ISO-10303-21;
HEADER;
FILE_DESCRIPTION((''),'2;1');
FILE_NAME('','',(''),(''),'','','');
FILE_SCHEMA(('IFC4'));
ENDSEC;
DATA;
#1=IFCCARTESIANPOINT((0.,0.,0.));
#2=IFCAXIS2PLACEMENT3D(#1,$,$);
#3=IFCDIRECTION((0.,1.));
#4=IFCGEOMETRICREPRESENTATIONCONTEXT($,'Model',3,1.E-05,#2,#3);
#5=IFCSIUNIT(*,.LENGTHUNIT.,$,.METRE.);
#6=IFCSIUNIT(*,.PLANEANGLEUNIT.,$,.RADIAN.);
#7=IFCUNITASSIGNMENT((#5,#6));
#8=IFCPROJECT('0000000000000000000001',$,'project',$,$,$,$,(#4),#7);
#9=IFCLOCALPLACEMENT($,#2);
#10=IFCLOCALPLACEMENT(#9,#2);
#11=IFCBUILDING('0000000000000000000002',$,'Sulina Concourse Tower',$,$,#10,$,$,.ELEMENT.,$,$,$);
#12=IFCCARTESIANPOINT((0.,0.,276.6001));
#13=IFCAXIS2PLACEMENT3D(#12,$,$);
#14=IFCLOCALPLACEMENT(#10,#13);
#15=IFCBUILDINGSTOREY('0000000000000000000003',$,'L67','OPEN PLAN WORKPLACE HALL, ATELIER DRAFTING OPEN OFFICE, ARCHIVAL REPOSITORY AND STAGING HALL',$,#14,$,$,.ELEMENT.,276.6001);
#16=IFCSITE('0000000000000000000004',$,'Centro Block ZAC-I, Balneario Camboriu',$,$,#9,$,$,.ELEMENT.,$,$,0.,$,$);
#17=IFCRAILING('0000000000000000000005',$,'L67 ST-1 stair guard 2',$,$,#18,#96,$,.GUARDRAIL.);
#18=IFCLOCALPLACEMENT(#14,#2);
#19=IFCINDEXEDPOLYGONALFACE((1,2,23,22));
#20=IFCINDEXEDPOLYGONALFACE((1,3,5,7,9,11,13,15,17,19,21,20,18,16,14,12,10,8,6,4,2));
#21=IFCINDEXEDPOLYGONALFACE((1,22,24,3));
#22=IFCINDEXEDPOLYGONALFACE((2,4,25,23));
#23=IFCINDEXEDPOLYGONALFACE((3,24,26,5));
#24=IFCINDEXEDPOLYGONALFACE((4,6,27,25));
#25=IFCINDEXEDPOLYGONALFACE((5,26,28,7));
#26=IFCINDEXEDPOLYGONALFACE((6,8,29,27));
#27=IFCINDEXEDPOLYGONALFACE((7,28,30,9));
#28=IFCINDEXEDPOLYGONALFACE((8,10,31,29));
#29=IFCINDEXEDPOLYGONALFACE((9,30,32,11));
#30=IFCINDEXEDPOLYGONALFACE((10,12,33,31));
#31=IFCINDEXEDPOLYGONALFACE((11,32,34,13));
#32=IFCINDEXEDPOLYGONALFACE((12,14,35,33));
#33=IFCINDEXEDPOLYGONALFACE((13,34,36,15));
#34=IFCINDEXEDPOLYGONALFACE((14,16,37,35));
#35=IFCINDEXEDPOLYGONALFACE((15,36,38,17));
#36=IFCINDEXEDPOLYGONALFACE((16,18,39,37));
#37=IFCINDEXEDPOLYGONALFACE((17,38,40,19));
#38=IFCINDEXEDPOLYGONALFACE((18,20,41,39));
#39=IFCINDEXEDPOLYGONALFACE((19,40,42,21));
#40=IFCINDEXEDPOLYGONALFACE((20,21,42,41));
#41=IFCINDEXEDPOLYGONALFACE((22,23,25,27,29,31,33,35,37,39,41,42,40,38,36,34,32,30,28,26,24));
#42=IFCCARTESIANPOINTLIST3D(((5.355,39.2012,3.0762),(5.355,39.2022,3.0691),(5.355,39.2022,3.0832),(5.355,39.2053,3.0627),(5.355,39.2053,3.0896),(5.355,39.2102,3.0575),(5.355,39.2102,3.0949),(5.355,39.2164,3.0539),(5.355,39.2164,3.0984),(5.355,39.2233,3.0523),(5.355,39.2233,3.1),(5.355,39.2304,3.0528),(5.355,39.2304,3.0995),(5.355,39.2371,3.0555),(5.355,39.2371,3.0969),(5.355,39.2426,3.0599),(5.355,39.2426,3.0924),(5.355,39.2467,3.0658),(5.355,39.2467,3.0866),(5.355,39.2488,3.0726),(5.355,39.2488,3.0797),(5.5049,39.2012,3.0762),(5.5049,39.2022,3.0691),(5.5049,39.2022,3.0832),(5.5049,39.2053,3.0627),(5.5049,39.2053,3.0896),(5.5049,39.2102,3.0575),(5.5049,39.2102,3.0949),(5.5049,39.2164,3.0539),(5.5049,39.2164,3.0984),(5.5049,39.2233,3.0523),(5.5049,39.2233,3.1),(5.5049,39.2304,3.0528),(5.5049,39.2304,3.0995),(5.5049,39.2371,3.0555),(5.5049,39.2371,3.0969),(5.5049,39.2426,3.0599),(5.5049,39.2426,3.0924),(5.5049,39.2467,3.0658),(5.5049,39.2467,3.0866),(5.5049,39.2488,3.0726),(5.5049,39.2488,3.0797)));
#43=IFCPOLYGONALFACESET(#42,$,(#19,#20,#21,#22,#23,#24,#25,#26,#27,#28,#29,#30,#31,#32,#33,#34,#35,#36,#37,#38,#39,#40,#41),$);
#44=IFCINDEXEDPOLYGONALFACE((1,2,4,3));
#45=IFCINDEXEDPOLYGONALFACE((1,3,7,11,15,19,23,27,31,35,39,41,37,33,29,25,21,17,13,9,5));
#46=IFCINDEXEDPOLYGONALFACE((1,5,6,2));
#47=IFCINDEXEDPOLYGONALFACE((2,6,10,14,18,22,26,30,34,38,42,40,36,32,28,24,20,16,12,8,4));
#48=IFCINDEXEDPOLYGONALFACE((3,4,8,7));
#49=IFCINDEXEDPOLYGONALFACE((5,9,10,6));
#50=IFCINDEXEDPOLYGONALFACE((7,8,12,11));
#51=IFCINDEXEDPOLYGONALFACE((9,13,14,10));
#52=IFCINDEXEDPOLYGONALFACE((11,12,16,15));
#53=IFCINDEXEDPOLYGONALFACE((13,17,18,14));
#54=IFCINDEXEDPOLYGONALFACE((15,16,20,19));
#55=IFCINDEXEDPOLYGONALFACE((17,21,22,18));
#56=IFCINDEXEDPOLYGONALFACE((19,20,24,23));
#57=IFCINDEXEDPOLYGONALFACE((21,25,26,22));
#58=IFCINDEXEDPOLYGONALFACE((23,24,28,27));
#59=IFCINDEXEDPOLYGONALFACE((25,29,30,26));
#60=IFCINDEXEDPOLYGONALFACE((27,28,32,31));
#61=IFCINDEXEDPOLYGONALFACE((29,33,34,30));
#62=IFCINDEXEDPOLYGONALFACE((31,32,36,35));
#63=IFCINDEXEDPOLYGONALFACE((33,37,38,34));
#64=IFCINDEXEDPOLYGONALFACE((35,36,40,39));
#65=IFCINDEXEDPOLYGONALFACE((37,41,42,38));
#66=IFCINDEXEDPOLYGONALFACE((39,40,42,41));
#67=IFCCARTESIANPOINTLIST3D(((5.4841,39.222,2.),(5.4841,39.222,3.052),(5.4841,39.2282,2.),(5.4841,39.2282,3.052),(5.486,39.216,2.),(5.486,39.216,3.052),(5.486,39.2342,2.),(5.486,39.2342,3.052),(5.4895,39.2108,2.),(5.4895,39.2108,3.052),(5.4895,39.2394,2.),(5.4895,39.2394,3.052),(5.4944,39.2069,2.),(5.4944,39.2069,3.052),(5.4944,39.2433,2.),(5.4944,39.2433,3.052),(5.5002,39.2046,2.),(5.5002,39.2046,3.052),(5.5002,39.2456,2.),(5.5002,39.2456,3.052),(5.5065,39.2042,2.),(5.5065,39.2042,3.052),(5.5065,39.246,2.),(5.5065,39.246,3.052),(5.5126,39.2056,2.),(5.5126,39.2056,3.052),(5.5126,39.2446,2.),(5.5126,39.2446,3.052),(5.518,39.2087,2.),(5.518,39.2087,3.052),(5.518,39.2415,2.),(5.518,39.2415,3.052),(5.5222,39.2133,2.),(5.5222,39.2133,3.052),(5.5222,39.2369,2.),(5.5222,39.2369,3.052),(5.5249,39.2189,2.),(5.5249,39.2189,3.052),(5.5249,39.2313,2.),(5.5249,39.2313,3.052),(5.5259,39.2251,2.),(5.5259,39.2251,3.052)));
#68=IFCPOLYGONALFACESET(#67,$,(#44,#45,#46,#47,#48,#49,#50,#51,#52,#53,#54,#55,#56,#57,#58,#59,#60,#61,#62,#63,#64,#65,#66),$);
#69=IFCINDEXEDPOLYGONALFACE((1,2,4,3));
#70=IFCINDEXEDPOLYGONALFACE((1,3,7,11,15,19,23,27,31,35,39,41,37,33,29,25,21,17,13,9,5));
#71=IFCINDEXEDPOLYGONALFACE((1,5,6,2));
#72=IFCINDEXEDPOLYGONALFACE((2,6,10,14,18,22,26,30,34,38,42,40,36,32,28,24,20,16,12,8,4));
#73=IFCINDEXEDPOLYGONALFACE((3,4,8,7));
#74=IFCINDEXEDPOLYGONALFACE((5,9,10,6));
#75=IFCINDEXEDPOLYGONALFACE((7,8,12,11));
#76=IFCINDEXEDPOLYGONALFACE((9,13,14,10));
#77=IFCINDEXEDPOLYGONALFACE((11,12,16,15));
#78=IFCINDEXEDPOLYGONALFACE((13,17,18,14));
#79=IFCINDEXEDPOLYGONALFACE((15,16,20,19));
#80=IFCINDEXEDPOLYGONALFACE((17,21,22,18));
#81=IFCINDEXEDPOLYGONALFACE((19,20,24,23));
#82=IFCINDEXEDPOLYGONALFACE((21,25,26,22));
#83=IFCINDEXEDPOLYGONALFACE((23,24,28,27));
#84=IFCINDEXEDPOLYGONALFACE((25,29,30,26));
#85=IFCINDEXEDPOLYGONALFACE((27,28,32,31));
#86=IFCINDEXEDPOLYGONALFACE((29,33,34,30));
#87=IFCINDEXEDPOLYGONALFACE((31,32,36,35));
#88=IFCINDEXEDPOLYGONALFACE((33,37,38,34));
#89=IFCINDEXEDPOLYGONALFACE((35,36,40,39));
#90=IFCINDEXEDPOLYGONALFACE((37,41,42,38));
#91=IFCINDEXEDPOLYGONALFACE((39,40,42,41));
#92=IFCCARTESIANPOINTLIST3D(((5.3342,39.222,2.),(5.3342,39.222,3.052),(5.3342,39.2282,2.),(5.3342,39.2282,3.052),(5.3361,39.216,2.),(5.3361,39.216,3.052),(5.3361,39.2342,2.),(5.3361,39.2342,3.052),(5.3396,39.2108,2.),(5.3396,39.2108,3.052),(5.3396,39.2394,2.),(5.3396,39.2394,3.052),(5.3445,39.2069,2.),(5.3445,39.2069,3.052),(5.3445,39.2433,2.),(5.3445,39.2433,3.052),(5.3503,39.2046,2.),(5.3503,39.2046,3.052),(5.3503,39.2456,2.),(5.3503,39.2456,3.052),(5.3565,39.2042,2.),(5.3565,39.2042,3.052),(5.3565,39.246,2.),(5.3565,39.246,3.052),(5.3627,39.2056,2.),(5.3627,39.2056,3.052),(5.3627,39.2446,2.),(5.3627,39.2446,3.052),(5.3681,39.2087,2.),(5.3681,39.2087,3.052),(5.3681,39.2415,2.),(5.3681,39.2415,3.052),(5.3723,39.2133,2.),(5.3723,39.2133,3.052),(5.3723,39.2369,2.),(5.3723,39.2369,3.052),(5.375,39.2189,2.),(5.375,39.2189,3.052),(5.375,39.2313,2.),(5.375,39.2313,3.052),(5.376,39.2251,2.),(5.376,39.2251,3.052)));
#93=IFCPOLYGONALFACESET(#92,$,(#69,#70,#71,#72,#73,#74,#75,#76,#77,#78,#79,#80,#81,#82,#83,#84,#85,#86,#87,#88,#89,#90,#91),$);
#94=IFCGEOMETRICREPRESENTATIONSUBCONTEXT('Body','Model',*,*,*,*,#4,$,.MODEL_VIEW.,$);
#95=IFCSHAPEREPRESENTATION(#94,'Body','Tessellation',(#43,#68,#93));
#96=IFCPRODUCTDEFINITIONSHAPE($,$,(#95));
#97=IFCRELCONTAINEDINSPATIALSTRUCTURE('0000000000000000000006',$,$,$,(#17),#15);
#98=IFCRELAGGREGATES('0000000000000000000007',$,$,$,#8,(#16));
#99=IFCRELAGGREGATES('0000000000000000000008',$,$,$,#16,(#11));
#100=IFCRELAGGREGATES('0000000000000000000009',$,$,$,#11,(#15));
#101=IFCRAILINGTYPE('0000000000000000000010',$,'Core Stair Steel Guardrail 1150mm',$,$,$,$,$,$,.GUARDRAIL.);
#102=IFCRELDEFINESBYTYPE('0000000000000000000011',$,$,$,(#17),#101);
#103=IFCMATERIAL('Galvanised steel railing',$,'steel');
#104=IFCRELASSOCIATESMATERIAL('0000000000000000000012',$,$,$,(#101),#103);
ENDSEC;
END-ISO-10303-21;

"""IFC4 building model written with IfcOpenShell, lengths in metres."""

from ifc_helpers import new_model, si_unit, direction, frame, origin, origin_2d, place, context, subcontext, project, spatial, circle, extrude, material, type_object, element, save


model = new_model("IFC4")

# Units and contexts
model_context = context("Model", 3, precision=1e-05, world=origin(), true_north=direction((0.0, 1.0)))
body_context = subcontext(model_context, "Body", "Model", "MODEL_VIEW")
ifc_project = project(units=[si_unit("LENGTHUNIT", "METRE"), si_unit("PLANEANGLEUNIT", "RADIAN")], contexts=[model_context])

# Site, building, storey
site_placement = place(None, origin())
site = spatial("IfcSite", under=ifc_project, at=site_placement, Name="Centro Block ZAC-I, Balneario Camboriu", CompositionType="ELEMENT", RefElevation=0.0)
building_placement = place(site_placement, origin())
building = spatial("IfcBuilding", under=site, at=building_placement, Name="Sulina Concourse Tower", CompositionType="ELEMENT")
storey_placement = place(building_placement, frame((0.0, 0.0, 276.6001)))
storey = spatial("IfcBuildingStorey", under=building, at=storey_placement, Name="L67", Description="OPEN PLAN WORKPLACE HALL, ATELIER DRAFTING OPEN OFFICE, ARCHIVAL REPOSITORY AND STAGING HALL", CompositionType="ELEMENT", Elevation=276.6001)

# Railing
ifc_material_1 = material(Name="Galvanised steel railing", Category="steel")
railing_type_1 = type_object("IfcRailingType", Name="Core Stair Steel Guardrail 1150mm", PredefinedType="GUARDRAIL", material=ifc_material_1)
railing_1_placement = place(storey_placement, frame((5.5049, 39.2251, 2.0)))
element("IfcRailing", 1, at=railing_1_placement, inside=storey, type_object=railing_type_1, Name="L67 ST-1 stair guard 2", PredefinedType="GUARDRAIL", context=body_context, shape_type="SweptSolid", body=[
    extrude(circle(Radius=0.0239, at=origin_2d()), frame((0.0, 0.0, 1.0762), z_axis=(-1.0, 0.0, 0.0), x_axis=(0.0, -1.0, 0.0)), (0.0, 0.0, 1.0), 0.1499),
    extrude(circle(Radius=0.021, at=origin_2d()), origin(), (0.0, 0.0, 1.0), 1.052),
    extrude(circle(Radius=0.021, at=origin_2d()), frame((-0.1499, 0.0, 0.0)), (0.0, 0.0, 1.0), 1.052),
])

save(model, "model.ifc")
